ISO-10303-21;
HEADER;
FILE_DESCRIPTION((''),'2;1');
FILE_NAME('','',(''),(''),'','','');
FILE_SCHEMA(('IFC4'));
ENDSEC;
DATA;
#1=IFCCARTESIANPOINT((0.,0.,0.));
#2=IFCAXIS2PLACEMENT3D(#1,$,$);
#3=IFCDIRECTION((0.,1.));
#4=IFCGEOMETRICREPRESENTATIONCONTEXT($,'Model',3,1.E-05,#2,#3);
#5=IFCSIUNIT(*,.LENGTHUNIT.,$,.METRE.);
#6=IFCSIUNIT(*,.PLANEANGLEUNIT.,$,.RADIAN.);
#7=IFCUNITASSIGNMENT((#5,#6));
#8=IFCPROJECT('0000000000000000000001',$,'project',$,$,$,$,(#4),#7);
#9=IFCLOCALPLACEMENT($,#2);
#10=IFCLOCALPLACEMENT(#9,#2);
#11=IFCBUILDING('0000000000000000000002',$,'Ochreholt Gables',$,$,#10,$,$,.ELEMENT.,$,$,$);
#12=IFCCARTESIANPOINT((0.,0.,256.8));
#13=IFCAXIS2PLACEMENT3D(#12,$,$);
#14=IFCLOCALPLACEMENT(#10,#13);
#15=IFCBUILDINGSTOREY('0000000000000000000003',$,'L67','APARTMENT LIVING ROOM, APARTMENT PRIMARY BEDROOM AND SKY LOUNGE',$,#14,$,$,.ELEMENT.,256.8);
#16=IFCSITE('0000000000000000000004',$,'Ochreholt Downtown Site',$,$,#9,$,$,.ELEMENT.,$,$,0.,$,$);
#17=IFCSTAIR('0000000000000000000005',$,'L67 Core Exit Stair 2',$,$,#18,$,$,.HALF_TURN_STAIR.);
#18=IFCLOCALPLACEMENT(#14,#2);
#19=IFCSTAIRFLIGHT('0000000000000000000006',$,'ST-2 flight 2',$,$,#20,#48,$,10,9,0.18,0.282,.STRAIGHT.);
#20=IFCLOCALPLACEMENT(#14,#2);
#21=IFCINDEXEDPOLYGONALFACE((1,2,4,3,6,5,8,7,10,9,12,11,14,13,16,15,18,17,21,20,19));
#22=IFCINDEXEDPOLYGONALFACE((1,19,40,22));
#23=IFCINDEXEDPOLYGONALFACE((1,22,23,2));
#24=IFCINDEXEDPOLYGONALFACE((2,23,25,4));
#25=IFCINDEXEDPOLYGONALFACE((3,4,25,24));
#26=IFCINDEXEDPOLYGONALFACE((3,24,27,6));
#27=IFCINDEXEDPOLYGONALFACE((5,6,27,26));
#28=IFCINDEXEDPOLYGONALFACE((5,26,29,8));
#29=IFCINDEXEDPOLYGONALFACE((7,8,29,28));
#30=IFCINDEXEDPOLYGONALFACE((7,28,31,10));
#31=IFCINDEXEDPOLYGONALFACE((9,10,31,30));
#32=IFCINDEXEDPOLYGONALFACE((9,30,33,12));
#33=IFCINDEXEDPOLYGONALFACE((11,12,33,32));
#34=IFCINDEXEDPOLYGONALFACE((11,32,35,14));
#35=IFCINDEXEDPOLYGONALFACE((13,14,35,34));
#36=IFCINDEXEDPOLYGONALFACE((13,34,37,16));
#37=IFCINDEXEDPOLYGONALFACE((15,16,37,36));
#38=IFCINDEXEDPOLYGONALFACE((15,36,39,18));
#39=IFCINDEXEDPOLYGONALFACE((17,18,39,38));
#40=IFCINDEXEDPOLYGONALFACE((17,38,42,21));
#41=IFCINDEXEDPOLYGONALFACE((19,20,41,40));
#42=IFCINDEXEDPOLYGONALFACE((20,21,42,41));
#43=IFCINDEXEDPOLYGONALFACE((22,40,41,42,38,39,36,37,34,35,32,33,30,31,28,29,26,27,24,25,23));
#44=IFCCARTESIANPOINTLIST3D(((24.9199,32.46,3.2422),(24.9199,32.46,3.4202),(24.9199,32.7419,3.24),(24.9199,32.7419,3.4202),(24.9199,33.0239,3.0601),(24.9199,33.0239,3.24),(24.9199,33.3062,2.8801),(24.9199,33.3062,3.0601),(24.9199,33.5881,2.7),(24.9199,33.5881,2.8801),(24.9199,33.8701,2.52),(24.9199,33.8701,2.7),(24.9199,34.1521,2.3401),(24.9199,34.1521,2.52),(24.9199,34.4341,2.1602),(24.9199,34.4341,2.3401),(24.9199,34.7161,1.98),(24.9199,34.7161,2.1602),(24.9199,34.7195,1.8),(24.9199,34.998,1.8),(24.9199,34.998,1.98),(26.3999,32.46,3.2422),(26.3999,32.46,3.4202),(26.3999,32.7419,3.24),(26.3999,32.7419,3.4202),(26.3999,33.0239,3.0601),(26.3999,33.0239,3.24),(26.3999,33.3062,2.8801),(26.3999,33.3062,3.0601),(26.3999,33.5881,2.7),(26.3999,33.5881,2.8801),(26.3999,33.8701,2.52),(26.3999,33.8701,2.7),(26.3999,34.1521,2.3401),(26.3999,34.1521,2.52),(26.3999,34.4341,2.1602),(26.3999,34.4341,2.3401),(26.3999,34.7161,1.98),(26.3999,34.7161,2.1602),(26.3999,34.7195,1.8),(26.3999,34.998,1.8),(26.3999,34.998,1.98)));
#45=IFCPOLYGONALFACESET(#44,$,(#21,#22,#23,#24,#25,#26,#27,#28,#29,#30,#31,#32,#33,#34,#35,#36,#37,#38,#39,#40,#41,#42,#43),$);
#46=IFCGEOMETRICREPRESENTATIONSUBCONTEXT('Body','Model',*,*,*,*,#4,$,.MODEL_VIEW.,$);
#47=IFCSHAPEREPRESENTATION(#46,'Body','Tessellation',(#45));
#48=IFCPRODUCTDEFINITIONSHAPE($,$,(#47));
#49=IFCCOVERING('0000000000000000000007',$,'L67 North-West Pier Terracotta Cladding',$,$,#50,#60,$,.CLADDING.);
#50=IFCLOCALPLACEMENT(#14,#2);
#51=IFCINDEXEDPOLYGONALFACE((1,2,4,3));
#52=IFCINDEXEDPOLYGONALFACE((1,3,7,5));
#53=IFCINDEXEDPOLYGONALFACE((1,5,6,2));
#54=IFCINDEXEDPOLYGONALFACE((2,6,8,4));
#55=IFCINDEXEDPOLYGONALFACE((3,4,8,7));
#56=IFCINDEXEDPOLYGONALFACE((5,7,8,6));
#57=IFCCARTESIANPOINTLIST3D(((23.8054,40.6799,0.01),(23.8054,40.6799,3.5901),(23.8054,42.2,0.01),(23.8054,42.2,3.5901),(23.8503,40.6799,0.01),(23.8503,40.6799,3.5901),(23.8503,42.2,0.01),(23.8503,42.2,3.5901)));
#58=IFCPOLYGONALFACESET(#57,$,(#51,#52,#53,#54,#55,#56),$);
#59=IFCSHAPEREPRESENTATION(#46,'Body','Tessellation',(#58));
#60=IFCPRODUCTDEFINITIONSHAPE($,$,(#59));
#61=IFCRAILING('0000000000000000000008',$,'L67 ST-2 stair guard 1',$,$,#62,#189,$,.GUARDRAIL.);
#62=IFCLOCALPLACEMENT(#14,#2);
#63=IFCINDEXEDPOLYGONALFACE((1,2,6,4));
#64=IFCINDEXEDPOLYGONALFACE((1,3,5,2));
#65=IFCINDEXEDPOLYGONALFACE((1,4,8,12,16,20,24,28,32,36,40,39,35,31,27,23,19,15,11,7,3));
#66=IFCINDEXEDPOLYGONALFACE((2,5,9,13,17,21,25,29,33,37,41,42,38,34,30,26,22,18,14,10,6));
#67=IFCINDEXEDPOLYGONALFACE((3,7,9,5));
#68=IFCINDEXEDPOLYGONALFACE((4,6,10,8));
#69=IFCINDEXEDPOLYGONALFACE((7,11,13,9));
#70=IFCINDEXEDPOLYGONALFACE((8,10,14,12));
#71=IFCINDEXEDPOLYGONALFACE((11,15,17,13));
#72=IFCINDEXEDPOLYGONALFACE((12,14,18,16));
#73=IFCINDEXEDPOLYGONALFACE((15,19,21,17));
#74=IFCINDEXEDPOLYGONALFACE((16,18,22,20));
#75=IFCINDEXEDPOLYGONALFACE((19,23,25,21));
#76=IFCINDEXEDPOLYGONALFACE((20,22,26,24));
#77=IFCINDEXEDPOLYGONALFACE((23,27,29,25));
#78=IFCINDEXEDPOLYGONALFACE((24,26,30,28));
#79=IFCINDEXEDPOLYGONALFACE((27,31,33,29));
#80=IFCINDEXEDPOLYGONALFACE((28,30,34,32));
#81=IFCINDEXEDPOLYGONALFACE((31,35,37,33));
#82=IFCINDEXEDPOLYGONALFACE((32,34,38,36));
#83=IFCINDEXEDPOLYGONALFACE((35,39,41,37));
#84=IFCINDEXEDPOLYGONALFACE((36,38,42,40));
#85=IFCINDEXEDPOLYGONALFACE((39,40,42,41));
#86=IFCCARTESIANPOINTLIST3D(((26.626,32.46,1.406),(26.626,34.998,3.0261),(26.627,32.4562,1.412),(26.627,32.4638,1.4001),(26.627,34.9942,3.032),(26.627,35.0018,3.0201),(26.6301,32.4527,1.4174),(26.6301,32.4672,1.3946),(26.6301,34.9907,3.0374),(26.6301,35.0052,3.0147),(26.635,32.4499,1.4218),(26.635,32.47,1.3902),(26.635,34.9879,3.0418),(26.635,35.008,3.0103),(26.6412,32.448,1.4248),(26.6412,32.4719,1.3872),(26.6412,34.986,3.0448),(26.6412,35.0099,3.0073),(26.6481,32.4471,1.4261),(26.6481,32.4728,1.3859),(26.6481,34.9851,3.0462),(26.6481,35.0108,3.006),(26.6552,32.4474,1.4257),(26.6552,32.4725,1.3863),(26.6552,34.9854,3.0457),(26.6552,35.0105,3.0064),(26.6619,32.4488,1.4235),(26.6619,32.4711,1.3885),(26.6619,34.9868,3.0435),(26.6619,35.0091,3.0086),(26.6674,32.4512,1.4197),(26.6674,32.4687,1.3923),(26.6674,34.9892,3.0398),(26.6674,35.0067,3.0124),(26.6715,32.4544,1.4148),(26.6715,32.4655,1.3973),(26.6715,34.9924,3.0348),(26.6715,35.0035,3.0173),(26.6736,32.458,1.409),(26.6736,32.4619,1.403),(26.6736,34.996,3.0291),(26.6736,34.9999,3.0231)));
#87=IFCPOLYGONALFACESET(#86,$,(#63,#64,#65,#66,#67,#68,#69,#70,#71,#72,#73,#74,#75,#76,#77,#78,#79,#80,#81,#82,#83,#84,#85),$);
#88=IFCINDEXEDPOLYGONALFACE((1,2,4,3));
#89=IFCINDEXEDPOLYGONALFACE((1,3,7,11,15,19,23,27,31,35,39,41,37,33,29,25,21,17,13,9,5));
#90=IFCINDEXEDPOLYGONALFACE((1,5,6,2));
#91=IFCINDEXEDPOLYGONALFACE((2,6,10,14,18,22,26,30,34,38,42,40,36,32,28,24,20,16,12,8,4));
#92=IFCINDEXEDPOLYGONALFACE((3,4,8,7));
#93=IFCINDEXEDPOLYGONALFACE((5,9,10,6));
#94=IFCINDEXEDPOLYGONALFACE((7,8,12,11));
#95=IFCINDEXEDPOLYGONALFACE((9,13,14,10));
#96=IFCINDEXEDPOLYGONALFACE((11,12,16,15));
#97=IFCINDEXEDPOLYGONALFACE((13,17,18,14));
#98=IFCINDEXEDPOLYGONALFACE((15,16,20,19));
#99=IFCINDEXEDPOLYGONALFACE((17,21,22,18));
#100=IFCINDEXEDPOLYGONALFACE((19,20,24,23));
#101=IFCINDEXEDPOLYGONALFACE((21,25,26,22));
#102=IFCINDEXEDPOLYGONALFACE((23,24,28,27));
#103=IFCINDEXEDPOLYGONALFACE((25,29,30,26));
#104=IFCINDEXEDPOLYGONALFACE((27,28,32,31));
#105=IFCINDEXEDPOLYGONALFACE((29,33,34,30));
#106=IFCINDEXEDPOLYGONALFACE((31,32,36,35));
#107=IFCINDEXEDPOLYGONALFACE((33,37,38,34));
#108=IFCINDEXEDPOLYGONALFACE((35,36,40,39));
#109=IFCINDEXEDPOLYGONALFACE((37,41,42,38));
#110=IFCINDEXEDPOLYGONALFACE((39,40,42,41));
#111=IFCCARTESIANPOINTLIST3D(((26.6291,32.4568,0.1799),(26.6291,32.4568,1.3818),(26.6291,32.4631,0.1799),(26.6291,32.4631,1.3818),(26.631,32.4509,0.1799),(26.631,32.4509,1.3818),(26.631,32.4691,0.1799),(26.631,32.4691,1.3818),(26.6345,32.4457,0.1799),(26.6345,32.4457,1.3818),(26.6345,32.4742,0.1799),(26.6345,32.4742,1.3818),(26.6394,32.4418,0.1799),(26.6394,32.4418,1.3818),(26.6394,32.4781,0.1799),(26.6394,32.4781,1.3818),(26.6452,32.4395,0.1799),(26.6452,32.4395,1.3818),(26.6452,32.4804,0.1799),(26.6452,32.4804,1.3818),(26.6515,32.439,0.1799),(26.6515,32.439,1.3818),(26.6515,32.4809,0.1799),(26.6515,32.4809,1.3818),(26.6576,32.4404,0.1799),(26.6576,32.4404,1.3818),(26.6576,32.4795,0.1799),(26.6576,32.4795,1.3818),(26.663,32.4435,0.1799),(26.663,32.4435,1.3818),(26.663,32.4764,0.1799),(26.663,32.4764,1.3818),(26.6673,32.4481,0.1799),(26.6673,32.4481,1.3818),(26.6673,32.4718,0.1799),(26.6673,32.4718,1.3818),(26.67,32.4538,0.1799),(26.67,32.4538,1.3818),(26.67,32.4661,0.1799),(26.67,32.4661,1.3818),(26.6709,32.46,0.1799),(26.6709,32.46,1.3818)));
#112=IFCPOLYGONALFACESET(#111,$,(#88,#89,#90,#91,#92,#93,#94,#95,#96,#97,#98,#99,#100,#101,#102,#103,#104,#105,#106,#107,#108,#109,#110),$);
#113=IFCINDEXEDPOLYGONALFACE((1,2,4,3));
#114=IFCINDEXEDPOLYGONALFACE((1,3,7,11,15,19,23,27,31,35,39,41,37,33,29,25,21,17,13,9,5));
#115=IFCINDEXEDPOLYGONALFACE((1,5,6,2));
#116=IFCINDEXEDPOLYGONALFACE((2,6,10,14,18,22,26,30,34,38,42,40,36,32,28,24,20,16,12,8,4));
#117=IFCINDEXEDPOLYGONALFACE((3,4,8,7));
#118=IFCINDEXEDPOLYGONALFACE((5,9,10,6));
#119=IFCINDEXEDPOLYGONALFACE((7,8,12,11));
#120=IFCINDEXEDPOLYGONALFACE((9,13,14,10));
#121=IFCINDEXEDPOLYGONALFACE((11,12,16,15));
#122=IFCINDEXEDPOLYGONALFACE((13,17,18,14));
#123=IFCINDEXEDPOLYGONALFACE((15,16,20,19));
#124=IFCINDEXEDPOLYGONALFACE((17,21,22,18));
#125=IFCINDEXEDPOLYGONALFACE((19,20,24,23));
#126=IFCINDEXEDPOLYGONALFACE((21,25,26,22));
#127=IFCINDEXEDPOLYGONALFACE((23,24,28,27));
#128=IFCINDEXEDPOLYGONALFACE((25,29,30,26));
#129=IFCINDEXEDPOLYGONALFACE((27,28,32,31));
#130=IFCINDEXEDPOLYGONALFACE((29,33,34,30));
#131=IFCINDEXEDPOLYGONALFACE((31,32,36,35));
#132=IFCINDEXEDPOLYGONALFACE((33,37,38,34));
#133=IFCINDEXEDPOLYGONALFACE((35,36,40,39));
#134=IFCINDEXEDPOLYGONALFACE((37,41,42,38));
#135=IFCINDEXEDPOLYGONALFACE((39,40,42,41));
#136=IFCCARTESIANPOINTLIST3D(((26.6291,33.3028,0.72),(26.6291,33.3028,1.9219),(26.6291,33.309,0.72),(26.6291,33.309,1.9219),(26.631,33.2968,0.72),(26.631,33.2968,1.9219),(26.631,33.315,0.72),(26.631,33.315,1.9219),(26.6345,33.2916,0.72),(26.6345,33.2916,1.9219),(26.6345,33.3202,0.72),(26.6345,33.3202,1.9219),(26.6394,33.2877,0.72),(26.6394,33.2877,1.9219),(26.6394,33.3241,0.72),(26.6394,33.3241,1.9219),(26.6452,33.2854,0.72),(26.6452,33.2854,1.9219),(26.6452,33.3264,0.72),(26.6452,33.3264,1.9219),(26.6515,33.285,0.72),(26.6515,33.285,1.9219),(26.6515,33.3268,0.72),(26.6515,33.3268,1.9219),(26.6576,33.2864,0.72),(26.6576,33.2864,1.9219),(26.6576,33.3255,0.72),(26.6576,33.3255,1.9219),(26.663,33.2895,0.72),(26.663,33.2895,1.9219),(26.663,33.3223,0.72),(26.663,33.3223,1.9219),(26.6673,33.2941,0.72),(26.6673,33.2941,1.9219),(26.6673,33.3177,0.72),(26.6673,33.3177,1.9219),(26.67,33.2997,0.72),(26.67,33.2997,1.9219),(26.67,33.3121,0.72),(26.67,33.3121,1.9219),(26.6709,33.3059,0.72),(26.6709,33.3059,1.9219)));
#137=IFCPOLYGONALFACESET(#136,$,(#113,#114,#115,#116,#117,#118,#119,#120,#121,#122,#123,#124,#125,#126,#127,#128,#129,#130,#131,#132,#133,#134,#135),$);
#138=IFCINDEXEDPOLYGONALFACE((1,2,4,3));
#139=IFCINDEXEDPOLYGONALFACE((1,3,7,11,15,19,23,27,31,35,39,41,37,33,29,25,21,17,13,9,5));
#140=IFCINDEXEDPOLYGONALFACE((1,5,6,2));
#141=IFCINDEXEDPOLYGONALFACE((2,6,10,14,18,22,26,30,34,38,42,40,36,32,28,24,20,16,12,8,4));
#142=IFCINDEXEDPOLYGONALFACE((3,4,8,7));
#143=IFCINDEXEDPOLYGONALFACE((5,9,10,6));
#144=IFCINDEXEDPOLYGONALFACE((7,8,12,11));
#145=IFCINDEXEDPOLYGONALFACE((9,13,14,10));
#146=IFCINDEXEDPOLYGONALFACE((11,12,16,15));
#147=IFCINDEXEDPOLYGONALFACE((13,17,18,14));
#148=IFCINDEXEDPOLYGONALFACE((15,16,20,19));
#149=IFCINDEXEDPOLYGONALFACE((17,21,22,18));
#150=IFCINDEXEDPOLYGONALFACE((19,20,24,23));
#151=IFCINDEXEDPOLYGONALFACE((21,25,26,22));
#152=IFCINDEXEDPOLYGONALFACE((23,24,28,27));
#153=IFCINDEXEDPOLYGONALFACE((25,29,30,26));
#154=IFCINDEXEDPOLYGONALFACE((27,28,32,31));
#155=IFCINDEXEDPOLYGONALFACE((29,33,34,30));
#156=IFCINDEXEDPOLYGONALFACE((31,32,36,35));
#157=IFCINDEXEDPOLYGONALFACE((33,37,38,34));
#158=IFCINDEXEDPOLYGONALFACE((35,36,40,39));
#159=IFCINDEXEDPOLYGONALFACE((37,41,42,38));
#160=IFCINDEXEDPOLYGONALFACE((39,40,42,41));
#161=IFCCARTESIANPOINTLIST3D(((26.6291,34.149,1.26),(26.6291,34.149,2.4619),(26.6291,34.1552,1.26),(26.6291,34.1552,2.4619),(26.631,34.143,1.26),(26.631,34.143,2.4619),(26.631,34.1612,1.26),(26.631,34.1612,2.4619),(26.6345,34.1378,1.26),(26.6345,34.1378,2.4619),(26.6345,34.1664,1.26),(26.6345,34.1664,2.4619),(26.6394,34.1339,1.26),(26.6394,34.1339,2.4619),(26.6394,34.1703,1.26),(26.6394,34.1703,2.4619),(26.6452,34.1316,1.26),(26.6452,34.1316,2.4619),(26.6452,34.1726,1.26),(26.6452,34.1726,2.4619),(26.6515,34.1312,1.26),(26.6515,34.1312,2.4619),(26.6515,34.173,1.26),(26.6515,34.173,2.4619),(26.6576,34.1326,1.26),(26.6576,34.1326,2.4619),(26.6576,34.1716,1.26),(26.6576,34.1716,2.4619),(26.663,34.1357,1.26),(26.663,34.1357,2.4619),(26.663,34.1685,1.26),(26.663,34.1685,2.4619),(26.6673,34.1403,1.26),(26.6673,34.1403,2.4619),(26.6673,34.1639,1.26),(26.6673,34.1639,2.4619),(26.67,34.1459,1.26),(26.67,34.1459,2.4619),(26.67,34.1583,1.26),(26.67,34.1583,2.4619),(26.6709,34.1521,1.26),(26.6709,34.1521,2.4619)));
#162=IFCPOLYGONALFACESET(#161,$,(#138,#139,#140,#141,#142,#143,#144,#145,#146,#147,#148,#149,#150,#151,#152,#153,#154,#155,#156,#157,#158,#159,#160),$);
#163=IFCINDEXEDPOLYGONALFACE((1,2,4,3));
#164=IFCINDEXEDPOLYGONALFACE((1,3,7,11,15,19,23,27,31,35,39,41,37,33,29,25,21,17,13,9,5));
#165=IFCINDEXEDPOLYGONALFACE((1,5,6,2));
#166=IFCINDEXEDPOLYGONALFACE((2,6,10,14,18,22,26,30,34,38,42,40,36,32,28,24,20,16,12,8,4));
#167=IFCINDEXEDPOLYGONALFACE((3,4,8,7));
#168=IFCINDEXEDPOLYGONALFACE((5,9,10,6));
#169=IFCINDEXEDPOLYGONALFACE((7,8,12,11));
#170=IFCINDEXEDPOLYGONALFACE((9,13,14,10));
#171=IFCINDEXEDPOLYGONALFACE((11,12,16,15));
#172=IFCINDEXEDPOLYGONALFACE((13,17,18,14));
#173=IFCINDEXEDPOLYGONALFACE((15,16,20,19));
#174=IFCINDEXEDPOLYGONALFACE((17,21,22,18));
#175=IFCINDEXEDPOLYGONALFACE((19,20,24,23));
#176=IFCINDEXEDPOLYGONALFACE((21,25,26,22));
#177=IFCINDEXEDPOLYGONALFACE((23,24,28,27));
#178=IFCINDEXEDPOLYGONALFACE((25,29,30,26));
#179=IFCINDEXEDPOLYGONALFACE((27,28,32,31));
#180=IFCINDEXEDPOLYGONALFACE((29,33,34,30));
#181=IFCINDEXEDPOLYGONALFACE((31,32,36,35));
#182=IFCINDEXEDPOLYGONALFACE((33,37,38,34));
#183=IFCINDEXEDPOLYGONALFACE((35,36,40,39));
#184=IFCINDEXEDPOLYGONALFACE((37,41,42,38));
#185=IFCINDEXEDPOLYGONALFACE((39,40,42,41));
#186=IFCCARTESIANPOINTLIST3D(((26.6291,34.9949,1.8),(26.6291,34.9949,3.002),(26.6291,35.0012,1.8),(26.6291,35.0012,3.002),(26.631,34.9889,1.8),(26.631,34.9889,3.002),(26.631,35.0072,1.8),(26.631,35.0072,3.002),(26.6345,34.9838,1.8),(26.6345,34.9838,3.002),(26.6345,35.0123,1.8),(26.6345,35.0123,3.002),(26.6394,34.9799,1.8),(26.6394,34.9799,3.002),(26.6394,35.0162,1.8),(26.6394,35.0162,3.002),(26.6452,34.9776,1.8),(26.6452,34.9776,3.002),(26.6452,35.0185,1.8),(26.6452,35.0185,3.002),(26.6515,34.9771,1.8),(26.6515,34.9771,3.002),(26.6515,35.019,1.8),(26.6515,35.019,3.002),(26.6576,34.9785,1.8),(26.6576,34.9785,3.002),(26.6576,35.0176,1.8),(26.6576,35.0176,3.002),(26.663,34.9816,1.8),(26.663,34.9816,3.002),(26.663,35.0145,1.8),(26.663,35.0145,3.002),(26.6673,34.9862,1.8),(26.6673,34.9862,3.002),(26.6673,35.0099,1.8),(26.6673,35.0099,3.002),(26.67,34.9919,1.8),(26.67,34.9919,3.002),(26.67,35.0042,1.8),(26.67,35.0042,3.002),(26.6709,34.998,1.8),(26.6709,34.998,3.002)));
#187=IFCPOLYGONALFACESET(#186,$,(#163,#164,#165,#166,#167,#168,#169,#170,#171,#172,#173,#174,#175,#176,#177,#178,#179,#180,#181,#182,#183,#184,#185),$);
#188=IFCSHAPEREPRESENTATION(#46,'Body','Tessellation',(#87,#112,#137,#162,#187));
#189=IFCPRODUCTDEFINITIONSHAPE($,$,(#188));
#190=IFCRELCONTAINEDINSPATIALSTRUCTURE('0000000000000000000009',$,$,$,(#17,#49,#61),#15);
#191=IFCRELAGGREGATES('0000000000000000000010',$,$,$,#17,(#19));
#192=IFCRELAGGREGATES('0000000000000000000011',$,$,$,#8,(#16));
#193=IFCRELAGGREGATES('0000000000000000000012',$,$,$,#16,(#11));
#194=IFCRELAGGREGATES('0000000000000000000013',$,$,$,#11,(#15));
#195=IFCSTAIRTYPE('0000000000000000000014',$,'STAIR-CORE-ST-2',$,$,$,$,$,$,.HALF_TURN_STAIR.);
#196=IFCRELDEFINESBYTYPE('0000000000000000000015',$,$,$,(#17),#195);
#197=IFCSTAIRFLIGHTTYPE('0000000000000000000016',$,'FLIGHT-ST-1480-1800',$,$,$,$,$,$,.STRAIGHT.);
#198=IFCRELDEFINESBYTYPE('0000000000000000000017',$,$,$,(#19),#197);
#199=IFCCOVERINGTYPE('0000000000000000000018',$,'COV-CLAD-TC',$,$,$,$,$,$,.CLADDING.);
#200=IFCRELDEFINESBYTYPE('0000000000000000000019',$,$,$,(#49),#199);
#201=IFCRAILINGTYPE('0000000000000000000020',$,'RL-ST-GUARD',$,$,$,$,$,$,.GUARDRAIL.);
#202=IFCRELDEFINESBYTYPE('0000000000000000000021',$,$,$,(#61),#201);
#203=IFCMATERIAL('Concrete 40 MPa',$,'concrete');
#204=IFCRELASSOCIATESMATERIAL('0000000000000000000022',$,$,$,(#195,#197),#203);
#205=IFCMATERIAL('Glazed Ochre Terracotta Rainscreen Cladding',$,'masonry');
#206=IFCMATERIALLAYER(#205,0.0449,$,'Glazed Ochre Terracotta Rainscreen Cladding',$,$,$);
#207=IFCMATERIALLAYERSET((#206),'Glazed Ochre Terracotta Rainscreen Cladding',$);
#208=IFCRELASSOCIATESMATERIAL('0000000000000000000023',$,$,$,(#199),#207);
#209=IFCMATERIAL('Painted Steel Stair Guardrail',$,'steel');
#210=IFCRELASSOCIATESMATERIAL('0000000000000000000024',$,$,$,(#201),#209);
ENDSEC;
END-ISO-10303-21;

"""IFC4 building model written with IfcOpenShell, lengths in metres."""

from ifc_helpers import new_model, si_unit, direction, frame, origin, origin_2d, place, context, subcontext, project, spatial, polyline, rectangle, circle, outline, extrude, material, layer, layer_set, type_object, element, aggregate, save


model = new_model("IFC4")

# Units and contexts
model_context = context("Model", 3, precision=1e-05, world=origin(), true_north=direction((0.0, 1.0)))
body_context = subcontext(model_context, "Body", "Model", "MODEL_VIEW")
ifc_project = project(units=[si_unit("LENGTHUNIT", "METRE"), si_unit("PLANEANGLEUNIT", "RADIAN")], contexts=[model_context])

# Site, building, storey
site_placement = place(None, origin())
site = spatial("IfcSite", under=ifc_project, at=site_placement, Name="Ochreholt Downtown Site", CompositionType="ELEMENT", RefElevation=0.0)
building_placement = place(site_placement, origin())
building = spatial("IfcBuilding", under=site, at=building_placement, Name="Ochreholt Gables", CompositionType="ELEMENT")
storey_placement = place(building_placement, frame((0.0, 0.0, 256.8)))
storey = spatial("IfcBuildingStorey", under=building, at=storey_placement, Name="L67", Description="APARTMENT LIVING ROOM, APARTMENT PRIMARY BEDROOM AND SKY LOUNGE", CompositionType="ELEMENT", Elevation=256.8)

# Stair, stair flight
ifc_material_1 = material(Name="Concrete 40 MPa", Category="concrete")
stair_type = type_object("IfcStairType", Name="STAIR-CORE-ST-2", PredefinedType="HALF_TURN_STAIR", material=ifc_material_1)
stair_placement = place(storey_placement, origin())
stair = element("IfcStair", 1, at=stair_placement, inside=storey, type_object=stair_type, Name="L67 Core Exit Stair 2", PredefinedType="HALF_TURN_STAIR")
stair_flight_type = type_object("IfcStairFlightType", Name="FLIGHT-ST-1480-1800", PredefinedType="STRAIGHT", material=ifc_material_1)
stair_flight_1_placement = place(storey_placement, frame((25.6599, 34.998, 1.8), z_axis=(0.0, 0.0, 1.0), x_axis=(0.0, -1.0, 0.0)))
stair_flight_1 = element("IfcStairFlight", 2, at=stair_flight_1_placement, type_object=stair_flight_type, Name="ST-2 flight 2", NumberOfRisers=10, NumberOfTreads=9, PredefinedType="STRAIGHT", RiserHeight=0.18, TreadLength=0.282, context=body_context, shape_type="SweptSolid", body=[
    extrude(outline(polyline([(0.0, 0.0), (0.0, 0.1799), (0.282, 0.1799), (0.282, 0.3601), (0.564, 0.3601), (0.564, 0.54), (0.8459, 0.54), (0.8459, 0.72), (1.1279, 0.72), (1.1279, 0.8999), (1.4099, 0.8999), (1.4099, 1.0801), (1.6919, 1.0801), (1.6919, 1.26), (1.9741, 1.26), (1.9741, 1.4399), (2.2561, 1.4399), (2.2561, 1.6201), (2.5381, 1.6201), (2.5381, 1.8), (2.5381, 1.4421), (0.2786, 0.0), (0.0, 0.0)])), frame((0.0, 0.74, 0.0), z_axis=(0.0, -1.0, 0.0), x_axis=(1.0, 0.0, 0.0)), (0.0, 0.0, 1.0), 1.48),
])
aggregate(stair, [stair_flight_1])

# Covering
ifc_material_2 = material(Name="Glazed Ochre Terracotta Rainscreen Cladding", Category="masonry")
ifc_layer_1 = layer(ifc_material_2, 0.0449, Name="Glazed Ochre Terracotta Rainscreen Cladding")
ifc_layer_set_1 = layer_set([ifc_layer_1], Name="Glazed Ochre Terracotta Rainscreen Cladding")
covering_type = type_object("IfcCoveringType", Name="COV-CLAD-TC", PredefinedType="CLADDING", material=ifc_layer_set_1)
covering_placement = place(storey_placement, frame((23.8279, 41.4399, 0.01), z_axis=(0.0, 0.0, 1.0), x_axis=(0.0, 1.0, 0.0)))
element("IfcCovering", 3, at=covering_placement, inside=storey, type_object=covering_type, Name="L67 North-West Pier Terracotta Cladding", PredefinedType="CLADDING", context=body_context, shape_type="SweptSolid", body=[
    extrude(rectangle(XDim=1.52, YDim=0.0449, at=origin_2d()), origin(), (0.0, 0.0, 1.0), 3.5801),
])

# Railing
ifc_material_3 = material(Name="Painted Steel Stair Guardrail", Category="steel")
railing_type_1 = type_object("IfcRailingType", Name="RL-ST-GUARD", PredefinedType="GUARDRAIL", material=ifc_material_3)
railing_1_placement = place(storey_placement, frame((26.6499, 32.46, 0.1799)))
element("IfcRailing", 4, at=railing_1_placement, inside=storey, type_object=railing_type_1, Name="L67 ST-2 stair guard 1", PredefinedType="GUARDRAIL", context=body_context, shape_type="SweptSolid", body=[
    extrude(circle(Radius=0.0239, at=origin_2d()), frame((0.0, 0.0, 1.2261), z_axis=(0.0, 0.842913, 0.53805), x_axis=(-1.0, 0.0, 0.0)), (0.0, 0.0, 1.0), 3.011),
    extrude(circle(Radius=0.021, at=origin_2d()), origin(), (0.0, 0.0, 1.0), 1.2019),
    extrude(circle(Radius=0.021, at=origin_2d()), frame((0.0, 0.8459, 0.54)), (0.0, 0.0, 1.0), 1.2019),
    extrude(circle(Radius=0.021, at=origin_2d()), frame((0.0, 1.6921, 1.0801)), (0.0, 0.0, 1.0), 1.2019),
    extrude(circle(Radius=0.021, at=origin_2d()), frame((0.0, 2.5381, 1.6201)), (0.0, 0.0, 1.0), 1.2019),
])

save(model, "model.ifc")
